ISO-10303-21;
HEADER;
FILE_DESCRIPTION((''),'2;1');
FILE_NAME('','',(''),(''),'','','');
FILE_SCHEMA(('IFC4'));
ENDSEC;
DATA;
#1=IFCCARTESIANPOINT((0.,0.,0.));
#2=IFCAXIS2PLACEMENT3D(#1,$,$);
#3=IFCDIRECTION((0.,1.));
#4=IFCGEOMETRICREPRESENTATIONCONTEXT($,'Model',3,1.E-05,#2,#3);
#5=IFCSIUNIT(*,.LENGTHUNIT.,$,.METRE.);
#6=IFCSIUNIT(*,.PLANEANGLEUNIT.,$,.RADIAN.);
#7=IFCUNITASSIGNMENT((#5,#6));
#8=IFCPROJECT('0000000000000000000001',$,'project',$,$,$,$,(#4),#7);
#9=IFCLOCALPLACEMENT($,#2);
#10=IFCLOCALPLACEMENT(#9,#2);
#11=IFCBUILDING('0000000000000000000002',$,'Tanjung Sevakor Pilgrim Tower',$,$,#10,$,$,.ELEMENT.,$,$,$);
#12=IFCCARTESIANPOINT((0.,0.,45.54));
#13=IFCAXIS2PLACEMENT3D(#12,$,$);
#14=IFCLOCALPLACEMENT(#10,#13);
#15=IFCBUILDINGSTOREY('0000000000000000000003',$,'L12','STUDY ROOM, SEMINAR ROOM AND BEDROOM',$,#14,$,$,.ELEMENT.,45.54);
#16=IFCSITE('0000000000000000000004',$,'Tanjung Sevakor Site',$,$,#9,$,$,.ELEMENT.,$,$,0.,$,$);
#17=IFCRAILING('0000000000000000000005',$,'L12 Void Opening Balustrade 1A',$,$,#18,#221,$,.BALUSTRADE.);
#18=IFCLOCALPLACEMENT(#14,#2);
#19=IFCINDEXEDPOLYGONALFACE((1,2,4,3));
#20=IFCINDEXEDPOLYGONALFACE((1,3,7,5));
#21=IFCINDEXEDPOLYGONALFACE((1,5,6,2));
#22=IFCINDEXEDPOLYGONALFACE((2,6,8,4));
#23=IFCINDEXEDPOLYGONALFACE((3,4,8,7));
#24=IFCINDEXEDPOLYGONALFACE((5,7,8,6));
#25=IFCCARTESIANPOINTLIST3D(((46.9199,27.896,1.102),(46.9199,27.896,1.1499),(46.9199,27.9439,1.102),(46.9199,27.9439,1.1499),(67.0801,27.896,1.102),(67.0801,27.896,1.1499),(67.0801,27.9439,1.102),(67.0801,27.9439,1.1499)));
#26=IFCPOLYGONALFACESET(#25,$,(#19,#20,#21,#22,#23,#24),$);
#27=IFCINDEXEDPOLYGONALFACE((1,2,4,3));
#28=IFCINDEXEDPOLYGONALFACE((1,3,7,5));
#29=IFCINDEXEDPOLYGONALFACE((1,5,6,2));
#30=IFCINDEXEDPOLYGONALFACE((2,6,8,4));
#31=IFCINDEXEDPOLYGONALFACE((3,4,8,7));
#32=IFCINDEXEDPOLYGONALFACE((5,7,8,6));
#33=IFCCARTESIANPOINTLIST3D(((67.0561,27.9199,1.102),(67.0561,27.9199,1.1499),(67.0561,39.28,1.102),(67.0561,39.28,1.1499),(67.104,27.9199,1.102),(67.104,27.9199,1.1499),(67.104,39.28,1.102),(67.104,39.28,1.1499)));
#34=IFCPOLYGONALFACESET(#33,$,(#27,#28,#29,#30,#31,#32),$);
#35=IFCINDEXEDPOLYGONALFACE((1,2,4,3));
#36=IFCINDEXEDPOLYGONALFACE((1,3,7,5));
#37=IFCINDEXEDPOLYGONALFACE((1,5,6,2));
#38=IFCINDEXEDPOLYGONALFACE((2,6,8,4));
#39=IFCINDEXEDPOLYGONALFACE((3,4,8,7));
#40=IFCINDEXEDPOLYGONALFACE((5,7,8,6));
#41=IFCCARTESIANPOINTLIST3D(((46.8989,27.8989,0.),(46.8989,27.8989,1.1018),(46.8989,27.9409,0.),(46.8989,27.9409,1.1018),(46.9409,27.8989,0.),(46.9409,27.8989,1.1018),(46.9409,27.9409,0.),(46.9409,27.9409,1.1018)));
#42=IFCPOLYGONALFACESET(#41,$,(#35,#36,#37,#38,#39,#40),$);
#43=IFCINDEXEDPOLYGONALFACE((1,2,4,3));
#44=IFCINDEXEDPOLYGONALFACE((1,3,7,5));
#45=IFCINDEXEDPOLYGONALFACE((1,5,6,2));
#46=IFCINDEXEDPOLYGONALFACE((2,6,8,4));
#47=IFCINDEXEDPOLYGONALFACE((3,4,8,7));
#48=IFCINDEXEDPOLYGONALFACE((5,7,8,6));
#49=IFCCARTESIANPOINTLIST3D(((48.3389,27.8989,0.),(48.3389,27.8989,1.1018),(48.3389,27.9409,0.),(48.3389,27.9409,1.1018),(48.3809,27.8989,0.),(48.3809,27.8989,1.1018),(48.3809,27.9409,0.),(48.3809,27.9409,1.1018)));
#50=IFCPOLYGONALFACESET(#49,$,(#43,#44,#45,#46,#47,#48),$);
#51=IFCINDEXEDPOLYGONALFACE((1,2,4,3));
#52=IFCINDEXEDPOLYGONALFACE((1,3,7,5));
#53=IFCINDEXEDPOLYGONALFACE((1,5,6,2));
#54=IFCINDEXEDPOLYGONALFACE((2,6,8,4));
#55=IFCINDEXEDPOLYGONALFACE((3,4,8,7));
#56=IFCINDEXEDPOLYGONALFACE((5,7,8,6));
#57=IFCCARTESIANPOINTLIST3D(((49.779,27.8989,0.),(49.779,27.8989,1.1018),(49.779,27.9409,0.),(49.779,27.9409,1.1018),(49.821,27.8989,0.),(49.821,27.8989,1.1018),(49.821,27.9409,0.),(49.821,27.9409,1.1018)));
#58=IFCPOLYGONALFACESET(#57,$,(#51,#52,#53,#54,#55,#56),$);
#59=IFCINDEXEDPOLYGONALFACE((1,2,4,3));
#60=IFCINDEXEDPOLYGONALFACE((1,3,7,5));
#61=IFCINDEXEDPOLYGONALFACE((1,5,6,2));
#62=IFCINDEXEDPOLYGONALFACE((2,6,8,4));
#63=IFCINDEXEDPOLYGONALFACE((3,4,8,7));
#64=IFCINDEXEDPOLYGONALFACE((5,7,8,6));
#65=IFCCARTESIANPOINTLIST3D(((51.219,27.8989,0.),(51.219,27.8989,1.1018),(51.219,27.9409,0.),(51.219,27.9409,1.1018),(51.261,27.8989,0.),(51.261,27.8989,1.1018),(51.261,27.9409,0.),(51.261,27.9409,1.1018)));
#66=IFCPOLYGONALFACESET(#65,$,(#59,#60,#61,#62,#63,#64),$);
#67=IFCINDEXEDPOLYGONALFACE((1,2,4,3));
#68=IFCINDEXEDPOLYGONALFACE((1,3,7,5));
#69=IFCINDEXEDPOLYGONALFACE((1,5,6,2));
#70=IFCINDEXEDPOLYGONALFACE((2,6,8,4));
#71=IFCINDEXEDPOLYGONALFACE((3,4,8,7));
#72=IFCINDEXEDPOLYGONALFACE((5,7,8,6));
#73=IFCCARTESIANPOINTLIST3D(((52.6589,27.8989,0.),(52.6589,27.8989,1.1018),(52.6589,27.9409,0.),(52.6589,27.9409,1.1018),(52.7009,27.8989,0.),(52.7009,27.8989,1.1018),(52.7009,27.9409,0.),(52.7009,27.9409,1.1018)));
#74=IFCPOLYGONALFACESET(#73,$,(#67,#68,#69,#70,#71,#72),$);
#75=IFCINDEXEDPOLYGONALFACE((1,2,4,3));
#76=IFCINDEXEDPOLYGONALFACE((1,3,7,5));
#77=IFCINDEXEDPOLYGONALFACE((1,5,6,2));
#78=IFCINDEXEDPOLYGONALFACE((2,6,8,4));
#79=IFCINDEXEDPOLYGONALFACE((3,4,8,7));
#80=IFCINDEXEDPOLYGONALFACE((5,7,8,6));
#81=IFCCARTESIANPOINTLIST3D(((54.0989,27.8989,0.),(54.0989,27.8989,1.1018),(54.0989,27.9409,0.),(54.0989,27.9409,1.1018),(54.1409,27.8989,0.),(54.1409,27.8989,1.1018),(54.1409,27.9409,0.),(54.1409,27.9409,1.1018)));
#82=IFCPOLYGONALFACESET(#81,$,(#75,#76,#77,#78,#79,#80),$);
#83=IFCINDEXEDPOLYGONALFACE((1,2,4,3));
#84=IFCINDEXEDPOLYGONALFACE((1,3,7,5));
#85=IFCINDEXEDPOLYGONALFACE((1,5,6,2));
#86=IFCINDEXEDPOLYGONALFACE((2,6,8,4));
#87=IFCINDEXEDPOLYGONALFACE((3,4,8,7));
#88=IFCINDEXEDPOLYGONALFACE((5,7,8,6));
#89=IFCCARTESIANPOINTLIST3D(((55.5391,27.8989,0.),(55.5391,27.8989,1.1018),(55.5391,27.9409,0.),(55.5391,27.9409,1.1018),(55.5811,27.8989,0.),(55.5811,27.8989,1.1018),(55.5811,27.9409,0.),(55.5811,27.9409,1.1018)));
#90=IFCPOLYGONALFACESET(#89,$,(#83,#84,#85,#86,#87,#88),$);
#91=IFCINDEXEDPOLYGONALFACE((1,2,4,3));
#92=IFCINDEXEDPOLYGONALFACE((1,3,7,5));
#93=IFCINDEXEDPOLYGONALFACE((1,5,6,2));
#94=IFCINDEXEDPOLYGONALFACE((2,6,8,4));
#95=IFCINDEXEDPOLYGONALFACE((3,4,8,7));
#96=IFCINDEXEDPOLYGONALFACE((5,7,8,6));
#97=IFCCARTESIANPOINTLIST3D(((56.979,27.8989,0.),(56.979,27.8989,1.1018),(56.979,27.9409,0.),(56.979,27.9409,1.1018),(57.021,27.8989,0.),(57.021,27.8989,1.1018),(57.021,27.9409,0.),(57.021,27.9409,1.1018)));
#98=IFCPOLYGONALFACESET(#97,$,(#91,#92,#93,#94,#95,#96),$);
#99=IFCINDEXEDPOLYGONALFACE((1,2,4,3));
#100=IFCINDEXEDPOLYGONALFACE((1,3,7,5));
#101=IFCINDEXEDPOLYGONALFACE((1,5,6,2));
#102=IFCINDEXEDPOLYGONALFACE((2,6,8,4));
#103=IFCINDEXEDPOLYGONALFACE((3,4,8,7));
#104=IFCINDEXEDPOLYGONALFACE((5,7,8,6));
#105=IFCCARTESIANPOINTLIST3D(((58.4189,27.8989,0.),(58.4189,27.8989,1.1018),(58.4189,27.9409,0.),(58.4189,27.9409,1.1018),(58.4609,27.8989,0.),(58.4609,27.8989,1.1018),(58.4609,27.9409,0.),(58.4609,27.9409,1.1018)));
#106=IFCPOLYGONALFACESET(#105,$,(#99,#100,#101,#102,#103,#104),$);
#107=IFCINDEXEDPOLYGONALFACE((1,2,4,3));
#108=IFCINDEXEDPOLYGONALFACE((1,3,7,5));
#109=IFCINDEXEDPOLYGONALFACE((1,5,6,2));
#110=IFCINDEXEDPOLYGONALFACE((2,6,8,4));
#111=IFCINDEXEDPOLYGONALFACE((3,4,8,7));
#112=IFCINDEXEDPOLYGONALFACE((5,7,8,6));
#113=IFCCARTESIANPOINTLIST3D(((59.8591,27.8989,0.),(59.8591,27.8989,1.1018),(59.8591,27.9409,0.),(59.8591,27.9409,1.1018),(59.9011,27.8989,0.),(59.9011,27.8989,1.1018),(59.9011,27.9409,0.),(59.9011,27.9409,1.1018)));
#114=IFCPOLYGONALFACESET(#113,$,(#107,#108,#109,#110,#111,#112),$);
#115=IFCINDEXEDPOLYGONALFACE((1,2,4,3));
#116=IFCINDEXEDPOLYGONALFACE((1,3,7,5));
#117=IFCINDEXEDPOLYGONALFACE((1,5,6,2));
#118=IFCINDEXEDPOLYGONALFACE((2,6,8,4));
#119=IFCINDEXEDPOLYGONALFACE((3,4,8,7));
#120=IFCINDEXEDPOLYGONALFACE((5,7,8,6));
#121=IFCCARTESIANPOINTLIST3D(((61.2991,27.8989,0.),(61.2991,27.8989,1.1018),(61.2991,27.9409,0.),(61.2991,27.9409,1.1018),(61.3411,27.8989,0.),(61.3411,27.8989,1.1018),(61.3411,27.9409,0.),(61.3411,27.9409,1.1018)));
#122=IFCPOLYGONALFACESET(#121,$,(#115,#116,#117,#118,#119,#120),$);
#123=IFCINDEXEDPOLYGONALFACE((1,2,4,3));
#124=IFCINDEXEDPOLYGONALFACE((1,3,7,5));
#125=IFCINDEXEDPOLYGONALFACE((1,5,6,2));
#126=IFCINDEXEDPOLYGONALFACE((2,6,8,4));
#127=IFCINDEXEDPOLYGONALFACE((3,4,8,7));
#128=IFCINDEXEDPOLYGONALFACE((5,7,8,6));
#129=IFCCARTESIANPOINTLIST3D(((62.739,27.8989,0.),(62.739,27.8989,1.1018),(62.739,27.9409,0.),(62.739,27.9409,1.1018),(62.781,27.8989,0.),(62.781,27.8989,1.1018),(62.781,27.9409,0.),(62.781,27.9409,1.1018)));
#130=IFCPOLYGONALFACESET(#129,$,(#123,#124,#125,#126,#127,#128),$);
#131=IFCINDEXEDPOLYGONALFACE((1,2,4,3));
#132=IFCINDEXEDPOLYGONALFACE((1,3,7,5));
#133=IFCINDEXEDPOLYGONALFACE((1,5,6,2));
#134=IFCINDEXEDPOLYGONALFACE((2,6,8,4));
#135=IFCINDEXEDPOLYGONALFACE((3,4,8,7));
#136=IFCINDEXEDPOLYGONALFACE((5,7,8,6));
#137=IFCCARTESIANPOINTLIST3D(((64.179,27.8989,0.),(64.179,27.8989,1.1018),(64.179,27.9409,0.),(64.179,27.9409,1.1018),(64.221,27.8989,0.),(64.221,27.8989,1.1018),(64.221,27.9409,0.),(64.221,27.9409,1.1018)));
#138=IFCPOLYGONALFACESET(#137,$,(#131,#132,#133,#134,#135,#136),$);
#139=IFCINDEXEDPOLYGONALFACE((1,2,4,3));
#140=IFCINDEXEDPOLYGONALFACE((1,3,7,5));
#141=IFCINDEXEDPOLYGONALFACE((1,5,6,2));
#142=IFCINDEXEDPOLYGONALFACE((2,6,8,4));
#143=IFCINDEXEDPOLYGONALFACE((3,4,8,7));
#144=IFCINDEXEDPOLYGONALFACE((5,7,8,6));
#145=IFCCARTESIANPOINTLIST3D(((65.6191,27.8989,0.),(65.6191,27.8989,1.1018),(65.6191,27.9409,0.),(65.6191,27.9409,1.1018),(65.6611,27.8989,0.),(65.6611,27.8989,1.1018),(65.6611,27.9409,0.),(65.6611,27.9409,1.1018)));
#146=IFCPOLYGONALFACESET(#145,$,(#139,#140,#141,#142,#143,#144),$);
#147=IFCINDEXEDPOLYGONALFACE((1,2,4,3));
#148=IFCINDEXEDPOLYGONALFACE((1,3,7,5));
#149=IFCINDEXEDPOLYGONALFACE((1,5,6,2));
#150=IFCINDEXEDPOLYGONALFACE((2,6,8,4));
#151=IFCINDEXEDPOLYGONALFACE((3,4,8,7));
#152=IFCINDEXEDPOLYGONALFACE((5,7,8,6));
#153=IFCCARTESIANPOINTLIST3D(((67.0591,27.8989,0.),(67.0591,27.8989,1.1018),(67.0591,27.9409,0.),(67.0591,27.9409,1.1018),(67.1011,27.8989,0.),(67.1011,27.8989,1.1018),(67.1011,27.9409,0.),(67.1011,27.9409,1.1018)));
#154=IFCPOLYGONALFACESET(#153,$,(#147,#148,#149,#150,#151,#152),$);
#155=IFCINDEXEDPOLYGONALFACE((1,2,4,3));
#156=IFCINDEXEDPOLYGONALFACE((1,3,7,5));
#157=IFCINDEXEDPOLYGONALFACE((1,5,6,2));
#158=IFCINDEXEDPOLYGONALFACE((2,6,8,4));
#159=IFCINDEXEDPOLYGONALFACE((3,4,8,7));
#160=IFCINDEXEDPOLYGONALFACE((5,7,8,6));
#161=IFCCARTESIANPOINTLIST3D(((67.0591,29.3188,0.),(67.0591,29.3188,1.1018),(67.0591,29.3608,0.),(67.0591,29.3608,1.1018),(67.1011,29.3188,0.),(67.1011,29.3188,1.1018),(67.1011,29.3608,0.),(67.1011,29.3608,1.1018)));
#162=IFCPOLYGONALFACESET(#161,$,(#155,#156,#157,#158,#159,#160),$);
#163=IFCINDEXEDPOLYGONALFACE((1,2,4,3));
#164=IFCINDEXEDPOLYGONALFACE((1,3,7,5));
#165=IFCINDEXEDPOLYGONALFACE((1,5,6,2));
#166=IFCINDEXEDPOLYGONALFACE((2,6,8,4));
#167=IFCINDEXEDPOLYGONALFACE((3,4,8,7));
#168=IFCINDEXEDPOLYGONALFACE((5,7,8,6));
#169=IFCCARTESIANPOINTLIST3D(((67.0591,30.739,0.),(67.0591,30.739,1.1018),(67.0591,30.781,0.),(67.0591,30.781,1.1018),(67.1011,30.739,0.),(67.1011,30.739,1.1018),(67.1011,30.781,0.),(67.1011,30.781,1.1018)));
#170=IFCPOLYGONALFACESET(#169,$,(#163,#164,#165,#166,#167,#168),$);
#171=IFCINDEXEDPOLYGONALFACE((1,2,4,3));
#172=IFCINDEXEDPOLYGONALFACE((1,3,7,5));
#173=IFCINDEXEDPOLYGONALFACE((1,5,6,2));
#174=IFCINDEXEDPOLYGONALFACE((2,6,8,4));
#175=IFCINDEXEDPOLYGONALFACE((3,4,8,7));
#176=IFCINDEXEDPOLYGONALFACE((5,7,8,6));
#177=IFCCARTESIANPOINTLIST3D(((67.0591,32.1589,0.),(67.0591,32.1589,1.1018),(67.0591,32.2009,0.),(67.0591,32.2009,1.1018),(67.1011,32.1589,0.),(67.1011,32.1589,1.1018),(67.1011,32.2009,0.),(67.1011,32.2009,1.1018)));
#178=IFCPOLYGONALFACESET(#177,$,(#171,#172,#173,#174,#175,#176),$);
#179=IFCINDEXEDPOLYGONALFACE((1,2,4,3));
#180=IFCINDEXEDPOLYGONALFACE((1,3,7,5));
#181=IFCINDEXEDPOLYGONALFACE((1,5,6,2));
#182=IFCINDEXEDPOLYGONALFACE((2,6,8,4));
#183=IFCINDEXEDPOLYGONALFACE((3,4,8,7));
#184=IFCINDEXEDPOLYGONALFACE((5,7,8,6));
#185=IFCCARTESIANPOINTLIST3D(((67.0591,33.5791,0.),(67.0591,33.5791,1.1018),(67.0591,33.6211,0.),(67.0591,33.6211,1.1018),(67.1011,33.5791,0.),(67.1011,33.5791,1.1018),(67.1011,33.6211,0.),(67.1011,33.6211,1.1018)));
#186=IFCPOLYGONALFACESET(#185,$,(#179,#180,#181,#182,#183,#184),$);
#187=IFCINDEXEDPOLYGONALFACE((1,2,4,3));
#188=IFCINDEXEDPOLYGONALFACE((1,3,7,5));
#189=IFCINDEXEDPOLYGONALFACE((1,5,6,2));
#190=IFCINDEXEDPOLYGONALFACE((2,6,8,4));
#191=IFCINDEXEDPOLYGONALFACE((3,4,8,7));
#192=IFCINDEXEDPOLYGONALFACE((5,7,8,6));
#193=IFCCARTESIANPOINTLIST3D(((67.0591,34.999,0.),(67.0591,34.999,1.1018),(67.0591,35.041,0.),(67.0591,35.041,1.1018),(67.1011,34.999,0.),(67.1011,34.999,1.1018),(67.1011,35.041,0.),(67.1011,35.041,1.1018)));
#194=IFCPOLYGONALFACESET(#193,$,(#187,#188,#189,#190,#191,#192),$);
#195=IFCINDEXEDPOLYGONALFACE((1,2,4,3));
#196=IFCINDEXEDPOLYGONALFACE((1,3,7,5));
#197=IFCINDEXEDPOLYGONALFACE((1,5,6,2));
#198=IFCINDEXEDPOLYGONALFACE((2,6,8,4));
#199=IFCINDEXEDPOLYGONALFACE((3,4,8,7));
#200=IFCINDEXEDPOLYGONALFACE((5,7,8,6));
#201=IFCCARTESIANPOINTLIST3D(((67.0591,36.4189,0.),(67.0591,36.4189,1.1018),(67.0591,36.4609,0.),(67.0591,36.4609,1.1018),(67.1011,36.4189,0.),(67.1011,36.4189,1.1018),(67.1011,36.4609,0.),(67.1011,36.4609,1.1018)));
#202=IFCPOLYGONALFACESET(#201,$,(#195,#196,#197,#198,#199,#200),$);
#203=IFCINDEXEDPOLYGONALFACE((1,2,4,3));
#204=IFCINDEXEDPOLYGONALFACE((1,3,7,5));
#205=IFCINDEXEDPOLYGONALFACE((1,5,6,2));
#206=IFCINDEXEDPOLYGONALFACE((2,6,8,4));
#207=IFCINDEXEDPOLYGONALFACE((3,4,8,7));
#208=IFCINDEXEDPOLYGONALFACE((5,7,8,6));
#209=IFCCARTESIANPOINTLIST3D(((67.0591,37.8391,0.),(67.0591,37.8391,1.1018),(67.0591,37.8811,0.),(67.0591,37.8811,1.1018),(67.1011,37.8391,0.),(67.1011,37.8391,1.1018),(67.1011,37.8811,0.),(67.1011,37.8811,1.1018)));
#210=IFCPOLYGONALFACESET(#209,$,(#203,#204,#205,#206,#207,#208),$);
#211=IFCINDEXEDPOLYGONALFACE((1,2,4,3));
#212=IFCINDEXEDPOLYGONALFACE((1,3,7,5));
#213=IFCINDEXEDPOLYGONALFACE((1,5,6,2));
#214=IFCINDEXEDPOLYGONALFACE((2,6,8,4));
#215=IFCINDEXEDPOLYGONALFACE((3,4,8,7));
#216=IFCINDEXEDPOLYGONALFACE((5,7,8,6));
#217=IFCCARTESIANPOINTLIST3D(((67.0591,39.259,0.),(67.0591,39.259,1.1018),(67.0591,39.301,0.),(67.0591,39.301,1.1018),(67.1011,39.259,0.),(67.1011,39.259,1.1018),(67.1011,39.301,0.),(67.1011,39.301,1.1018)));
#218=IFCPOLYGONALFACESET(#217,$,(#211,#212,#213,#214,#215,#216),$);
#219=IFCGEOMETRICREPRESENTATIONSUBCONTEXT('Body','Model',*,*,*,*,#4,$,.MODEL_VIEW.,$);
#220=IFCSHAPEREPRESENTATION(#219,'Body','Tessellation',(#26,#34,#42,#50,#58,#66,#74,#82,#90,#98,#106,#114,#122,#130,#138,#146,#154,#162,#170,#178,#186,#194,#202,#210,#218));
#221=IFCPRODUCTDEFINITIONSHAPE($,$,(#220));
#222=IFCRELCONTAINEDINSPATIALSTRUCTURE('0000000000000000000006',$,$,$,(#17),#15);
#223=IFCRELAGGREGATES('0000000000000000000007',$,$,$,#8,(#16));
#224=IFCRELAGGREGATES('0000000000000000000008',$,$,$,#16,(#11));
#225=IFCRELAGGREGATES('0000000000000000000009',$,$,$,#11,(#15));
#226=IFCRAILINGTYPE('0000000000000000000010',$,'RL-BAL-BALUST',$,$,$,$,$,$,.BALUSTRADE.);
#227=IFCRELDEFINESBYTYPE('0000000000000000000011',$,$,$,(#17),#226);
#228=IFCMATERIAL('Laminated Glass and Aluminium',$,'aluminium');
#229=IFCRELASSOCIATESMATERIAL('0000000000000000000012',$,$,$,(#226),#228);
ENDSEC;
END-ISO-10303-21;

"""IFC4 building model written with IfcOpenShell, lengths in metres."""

from ifc_helpers import new_model, si_unit, direction, frame, origin, place, context, subcontext, project, spatial, rectangle, extrude, material, type_object, element, save


model = new_model("IFC4")

# Units and contexts
model_context = context("Model", 3, precision=1e-05, world=origin(), true_north=direction((0.0, 1.0)))
body_context = subcontext(model_context, "Body", "Model", "MODEL_VIEW")
ifc_project = project(units=[si_unit("LENGTHUNIT", "METRE"), si_unit("PLANEANGLEUNIT", "RADIAN")], contexts=[model_context])

# Site, building, storey
site_placement = place(None, origin())
site = spatial("IfcSite", under=ifc_project, at=site_placement, Name="Tanjung Sevakor Site", CompositionType="ELEMENT", RefElevation=0.0)
building_placement = place(site_placement, origin())
building = spatial("IfcBuilding", under=site, at=building_placement, Name="Tanjung Sevakor Pilgrim Tower", CompositionType="ELEMENT")
storey_placement = place(building_placement, frame((0.0, 0.0, 45.54)))
storey = spatial("IfcBuildingStorey", under=building, at=storey_placement, Name="L12", Description="STUDY ROOM, SEMINAR ROOM AND BEDROOM", CompositionType="ELEMENT", Elevation=45.54)

# Railing
ifc_material_1 = material(Name="Laminated Glass and Aluminium", Category="aluminium")
railing_type = type_object("IfcRailingType", Name="RL-BAL-BALUST", PredefinedType="BALUSTRADE", material=ifc_material_1)
railing_placement = place(storey_placement, frame((46.9199, 27.9199, 0.0)))
element("IfcRailing", 1, at=railing_placement, inside=storey, type_object=railing_type, Name="L12 Void Opening Balustrade 1A", PredefinedType="BALUSTRADE", context=body_context, shape_type="SweptSolid", body=[
    extrude(rectangle(XDim=0.0479, YDim=0.0479), frame((0.0, 0.0, 1.126), z_axis=(1.0, 0.0, 0.0), x_axis=(0.0, 1.0, 0.0)), (0.0, 0.0, 1.0), 20.1602),
    extrude(rectangle(XDim=0.0479, YDim=0.0479), frame((20.1602, 0.0, 1.126), z_axis=(0.0, 1.0, 0.0), x_axis=(-1.0, 0.0, 0.0)), (0.0, 0.0, 1.0), 11.3601),
    extrude(rectangle(XDim=0.042, YDim=0.042), origin(), (0.0, 0.0, 1.0), 1.1018),
    extrude(rectangle(XDim=0.042, YDim=0.042), frame((1.4399, 0.0, 0.0)), (0.0, 0.0, 1.0), 1.1018),
    extrude(rectangle(XDim=0.042, YDim=0.042), frame((2.8801, 0.0, 0.0)), (0.0, 0.0, 1.0), 1.1018),
    extrude(rectangle(XDim=0.042, YDim=0.042), frame((4.3201, 0.0, 0.0)), (0.0, 0.0, 1.0), 1.1018),
    extrude(rectangle(XDim=0.042, YDim=0.042), frame((5.76, 0.0, 0.0)), (0.0, 0.0, 1.0), 1.1018),
    extrude(rectangle(XDim=0.042, YDim=0.042), frame((7.2, 0.0, 0.0)), (0.0, 0.0, 1.0), 1.1018),
    extrude(rectangle(XDim=0.042, YDim=0.042), frame((8.6401, 0.0, 0.0)), (0.0, 0.0, 1.0), 1.1018),
    extrude(rectangle(XDim=0.042, YDim=0.042), frame((10.0801, 0.0, 0.0)), (0.0, 0.0, 1.0), 1.1018),
    extrude(rectangle(XDim=0.042, YDim=0.042), frame((11.52, 0.0, 0.0)), (0.0, 0.0, 1.0), 1.1018),
    extrude(rectangle(XDim=0.042, YDim=0.042), frame((12.9602, 0.0, 0.0)), (0.0, 0.0, 1.0), 1.1018),
    extrude(rectangle(XDim=0.042, YDim=0.042), frame((14.4001, 0.0, 0.0)), (0.0, 0.0, 1.0), 1.1018),
    extrude(rectangle(XDim=0.042, YDim=0.042), frame((15.8401, 0.0, 0.0)), (0.0, 0.0, 1.0), 1.1018),
    extrude(rectangle(XDim=0.042, YDim=0.042), frame((17.28, 0.0, 0.0)), (0.0, 0.0, 1.0), 1.1018),
    extrude(rectangle(XDim=0.042, YDim=0.042), frame((18.7202, 0.0, 0.0)), (0.0, 0.0, 1.0), 1.1018),
    extrude(rectangle(XDim=0.042, YDim=0.042), frame((20.1602, 0.0, 0.0)), (0.0, 0.0, 1.0), 1.1018),
    extrude(rectangle(XDim=0.042, YDim=0.042), frame((20.1602, 1.4199, 0.0)), (0.0, 0.0, 1.0), 1.1018),
    extrude(rectangle(XDim=0.042, YDim=0.042), frame((20.1602, 2.8401, 0.0)), (0.0, 0.0, 1.0), 1.1018),
    extrude(rectangle(XDim=0.042, YDim=0.042), frame((20.1602, 4.26, 0.0)), (0.0, 0.0, 1.0), 1.1018),
    extrude(rectangle(XDim=0.042, YDim=0.042), frame((20.1602, 5.6802, 0.0)), (0.0, 0.0, 1.0), 1.1018),
    extrude(rectangle(XDim=0.042, YDim=0.042), frame((20.1602, 7.1001, 0.0)), (0.0, 0.0, 1.0), 1.1018),
    extrude(rectangle(XDim=0.042, YDim=0.042), frame((20.1602, 8.52, 0.0)), (0.0, 0.0, 1.0), 1.1018),
    extrude(rectangle(XDim=0.042, YDim=0.042), frame((20.1602, 9.9402, 0.0)), (0.0, 0.0, 1.0), 1.1018),
    extrude(rectangle(XDim=0.042, YDim=0.042), frame((20.1602, 11.3601, 0.0)), (0.0, 0.0, 1.0), 1.1018),
])

save(model, "model.ifc")
